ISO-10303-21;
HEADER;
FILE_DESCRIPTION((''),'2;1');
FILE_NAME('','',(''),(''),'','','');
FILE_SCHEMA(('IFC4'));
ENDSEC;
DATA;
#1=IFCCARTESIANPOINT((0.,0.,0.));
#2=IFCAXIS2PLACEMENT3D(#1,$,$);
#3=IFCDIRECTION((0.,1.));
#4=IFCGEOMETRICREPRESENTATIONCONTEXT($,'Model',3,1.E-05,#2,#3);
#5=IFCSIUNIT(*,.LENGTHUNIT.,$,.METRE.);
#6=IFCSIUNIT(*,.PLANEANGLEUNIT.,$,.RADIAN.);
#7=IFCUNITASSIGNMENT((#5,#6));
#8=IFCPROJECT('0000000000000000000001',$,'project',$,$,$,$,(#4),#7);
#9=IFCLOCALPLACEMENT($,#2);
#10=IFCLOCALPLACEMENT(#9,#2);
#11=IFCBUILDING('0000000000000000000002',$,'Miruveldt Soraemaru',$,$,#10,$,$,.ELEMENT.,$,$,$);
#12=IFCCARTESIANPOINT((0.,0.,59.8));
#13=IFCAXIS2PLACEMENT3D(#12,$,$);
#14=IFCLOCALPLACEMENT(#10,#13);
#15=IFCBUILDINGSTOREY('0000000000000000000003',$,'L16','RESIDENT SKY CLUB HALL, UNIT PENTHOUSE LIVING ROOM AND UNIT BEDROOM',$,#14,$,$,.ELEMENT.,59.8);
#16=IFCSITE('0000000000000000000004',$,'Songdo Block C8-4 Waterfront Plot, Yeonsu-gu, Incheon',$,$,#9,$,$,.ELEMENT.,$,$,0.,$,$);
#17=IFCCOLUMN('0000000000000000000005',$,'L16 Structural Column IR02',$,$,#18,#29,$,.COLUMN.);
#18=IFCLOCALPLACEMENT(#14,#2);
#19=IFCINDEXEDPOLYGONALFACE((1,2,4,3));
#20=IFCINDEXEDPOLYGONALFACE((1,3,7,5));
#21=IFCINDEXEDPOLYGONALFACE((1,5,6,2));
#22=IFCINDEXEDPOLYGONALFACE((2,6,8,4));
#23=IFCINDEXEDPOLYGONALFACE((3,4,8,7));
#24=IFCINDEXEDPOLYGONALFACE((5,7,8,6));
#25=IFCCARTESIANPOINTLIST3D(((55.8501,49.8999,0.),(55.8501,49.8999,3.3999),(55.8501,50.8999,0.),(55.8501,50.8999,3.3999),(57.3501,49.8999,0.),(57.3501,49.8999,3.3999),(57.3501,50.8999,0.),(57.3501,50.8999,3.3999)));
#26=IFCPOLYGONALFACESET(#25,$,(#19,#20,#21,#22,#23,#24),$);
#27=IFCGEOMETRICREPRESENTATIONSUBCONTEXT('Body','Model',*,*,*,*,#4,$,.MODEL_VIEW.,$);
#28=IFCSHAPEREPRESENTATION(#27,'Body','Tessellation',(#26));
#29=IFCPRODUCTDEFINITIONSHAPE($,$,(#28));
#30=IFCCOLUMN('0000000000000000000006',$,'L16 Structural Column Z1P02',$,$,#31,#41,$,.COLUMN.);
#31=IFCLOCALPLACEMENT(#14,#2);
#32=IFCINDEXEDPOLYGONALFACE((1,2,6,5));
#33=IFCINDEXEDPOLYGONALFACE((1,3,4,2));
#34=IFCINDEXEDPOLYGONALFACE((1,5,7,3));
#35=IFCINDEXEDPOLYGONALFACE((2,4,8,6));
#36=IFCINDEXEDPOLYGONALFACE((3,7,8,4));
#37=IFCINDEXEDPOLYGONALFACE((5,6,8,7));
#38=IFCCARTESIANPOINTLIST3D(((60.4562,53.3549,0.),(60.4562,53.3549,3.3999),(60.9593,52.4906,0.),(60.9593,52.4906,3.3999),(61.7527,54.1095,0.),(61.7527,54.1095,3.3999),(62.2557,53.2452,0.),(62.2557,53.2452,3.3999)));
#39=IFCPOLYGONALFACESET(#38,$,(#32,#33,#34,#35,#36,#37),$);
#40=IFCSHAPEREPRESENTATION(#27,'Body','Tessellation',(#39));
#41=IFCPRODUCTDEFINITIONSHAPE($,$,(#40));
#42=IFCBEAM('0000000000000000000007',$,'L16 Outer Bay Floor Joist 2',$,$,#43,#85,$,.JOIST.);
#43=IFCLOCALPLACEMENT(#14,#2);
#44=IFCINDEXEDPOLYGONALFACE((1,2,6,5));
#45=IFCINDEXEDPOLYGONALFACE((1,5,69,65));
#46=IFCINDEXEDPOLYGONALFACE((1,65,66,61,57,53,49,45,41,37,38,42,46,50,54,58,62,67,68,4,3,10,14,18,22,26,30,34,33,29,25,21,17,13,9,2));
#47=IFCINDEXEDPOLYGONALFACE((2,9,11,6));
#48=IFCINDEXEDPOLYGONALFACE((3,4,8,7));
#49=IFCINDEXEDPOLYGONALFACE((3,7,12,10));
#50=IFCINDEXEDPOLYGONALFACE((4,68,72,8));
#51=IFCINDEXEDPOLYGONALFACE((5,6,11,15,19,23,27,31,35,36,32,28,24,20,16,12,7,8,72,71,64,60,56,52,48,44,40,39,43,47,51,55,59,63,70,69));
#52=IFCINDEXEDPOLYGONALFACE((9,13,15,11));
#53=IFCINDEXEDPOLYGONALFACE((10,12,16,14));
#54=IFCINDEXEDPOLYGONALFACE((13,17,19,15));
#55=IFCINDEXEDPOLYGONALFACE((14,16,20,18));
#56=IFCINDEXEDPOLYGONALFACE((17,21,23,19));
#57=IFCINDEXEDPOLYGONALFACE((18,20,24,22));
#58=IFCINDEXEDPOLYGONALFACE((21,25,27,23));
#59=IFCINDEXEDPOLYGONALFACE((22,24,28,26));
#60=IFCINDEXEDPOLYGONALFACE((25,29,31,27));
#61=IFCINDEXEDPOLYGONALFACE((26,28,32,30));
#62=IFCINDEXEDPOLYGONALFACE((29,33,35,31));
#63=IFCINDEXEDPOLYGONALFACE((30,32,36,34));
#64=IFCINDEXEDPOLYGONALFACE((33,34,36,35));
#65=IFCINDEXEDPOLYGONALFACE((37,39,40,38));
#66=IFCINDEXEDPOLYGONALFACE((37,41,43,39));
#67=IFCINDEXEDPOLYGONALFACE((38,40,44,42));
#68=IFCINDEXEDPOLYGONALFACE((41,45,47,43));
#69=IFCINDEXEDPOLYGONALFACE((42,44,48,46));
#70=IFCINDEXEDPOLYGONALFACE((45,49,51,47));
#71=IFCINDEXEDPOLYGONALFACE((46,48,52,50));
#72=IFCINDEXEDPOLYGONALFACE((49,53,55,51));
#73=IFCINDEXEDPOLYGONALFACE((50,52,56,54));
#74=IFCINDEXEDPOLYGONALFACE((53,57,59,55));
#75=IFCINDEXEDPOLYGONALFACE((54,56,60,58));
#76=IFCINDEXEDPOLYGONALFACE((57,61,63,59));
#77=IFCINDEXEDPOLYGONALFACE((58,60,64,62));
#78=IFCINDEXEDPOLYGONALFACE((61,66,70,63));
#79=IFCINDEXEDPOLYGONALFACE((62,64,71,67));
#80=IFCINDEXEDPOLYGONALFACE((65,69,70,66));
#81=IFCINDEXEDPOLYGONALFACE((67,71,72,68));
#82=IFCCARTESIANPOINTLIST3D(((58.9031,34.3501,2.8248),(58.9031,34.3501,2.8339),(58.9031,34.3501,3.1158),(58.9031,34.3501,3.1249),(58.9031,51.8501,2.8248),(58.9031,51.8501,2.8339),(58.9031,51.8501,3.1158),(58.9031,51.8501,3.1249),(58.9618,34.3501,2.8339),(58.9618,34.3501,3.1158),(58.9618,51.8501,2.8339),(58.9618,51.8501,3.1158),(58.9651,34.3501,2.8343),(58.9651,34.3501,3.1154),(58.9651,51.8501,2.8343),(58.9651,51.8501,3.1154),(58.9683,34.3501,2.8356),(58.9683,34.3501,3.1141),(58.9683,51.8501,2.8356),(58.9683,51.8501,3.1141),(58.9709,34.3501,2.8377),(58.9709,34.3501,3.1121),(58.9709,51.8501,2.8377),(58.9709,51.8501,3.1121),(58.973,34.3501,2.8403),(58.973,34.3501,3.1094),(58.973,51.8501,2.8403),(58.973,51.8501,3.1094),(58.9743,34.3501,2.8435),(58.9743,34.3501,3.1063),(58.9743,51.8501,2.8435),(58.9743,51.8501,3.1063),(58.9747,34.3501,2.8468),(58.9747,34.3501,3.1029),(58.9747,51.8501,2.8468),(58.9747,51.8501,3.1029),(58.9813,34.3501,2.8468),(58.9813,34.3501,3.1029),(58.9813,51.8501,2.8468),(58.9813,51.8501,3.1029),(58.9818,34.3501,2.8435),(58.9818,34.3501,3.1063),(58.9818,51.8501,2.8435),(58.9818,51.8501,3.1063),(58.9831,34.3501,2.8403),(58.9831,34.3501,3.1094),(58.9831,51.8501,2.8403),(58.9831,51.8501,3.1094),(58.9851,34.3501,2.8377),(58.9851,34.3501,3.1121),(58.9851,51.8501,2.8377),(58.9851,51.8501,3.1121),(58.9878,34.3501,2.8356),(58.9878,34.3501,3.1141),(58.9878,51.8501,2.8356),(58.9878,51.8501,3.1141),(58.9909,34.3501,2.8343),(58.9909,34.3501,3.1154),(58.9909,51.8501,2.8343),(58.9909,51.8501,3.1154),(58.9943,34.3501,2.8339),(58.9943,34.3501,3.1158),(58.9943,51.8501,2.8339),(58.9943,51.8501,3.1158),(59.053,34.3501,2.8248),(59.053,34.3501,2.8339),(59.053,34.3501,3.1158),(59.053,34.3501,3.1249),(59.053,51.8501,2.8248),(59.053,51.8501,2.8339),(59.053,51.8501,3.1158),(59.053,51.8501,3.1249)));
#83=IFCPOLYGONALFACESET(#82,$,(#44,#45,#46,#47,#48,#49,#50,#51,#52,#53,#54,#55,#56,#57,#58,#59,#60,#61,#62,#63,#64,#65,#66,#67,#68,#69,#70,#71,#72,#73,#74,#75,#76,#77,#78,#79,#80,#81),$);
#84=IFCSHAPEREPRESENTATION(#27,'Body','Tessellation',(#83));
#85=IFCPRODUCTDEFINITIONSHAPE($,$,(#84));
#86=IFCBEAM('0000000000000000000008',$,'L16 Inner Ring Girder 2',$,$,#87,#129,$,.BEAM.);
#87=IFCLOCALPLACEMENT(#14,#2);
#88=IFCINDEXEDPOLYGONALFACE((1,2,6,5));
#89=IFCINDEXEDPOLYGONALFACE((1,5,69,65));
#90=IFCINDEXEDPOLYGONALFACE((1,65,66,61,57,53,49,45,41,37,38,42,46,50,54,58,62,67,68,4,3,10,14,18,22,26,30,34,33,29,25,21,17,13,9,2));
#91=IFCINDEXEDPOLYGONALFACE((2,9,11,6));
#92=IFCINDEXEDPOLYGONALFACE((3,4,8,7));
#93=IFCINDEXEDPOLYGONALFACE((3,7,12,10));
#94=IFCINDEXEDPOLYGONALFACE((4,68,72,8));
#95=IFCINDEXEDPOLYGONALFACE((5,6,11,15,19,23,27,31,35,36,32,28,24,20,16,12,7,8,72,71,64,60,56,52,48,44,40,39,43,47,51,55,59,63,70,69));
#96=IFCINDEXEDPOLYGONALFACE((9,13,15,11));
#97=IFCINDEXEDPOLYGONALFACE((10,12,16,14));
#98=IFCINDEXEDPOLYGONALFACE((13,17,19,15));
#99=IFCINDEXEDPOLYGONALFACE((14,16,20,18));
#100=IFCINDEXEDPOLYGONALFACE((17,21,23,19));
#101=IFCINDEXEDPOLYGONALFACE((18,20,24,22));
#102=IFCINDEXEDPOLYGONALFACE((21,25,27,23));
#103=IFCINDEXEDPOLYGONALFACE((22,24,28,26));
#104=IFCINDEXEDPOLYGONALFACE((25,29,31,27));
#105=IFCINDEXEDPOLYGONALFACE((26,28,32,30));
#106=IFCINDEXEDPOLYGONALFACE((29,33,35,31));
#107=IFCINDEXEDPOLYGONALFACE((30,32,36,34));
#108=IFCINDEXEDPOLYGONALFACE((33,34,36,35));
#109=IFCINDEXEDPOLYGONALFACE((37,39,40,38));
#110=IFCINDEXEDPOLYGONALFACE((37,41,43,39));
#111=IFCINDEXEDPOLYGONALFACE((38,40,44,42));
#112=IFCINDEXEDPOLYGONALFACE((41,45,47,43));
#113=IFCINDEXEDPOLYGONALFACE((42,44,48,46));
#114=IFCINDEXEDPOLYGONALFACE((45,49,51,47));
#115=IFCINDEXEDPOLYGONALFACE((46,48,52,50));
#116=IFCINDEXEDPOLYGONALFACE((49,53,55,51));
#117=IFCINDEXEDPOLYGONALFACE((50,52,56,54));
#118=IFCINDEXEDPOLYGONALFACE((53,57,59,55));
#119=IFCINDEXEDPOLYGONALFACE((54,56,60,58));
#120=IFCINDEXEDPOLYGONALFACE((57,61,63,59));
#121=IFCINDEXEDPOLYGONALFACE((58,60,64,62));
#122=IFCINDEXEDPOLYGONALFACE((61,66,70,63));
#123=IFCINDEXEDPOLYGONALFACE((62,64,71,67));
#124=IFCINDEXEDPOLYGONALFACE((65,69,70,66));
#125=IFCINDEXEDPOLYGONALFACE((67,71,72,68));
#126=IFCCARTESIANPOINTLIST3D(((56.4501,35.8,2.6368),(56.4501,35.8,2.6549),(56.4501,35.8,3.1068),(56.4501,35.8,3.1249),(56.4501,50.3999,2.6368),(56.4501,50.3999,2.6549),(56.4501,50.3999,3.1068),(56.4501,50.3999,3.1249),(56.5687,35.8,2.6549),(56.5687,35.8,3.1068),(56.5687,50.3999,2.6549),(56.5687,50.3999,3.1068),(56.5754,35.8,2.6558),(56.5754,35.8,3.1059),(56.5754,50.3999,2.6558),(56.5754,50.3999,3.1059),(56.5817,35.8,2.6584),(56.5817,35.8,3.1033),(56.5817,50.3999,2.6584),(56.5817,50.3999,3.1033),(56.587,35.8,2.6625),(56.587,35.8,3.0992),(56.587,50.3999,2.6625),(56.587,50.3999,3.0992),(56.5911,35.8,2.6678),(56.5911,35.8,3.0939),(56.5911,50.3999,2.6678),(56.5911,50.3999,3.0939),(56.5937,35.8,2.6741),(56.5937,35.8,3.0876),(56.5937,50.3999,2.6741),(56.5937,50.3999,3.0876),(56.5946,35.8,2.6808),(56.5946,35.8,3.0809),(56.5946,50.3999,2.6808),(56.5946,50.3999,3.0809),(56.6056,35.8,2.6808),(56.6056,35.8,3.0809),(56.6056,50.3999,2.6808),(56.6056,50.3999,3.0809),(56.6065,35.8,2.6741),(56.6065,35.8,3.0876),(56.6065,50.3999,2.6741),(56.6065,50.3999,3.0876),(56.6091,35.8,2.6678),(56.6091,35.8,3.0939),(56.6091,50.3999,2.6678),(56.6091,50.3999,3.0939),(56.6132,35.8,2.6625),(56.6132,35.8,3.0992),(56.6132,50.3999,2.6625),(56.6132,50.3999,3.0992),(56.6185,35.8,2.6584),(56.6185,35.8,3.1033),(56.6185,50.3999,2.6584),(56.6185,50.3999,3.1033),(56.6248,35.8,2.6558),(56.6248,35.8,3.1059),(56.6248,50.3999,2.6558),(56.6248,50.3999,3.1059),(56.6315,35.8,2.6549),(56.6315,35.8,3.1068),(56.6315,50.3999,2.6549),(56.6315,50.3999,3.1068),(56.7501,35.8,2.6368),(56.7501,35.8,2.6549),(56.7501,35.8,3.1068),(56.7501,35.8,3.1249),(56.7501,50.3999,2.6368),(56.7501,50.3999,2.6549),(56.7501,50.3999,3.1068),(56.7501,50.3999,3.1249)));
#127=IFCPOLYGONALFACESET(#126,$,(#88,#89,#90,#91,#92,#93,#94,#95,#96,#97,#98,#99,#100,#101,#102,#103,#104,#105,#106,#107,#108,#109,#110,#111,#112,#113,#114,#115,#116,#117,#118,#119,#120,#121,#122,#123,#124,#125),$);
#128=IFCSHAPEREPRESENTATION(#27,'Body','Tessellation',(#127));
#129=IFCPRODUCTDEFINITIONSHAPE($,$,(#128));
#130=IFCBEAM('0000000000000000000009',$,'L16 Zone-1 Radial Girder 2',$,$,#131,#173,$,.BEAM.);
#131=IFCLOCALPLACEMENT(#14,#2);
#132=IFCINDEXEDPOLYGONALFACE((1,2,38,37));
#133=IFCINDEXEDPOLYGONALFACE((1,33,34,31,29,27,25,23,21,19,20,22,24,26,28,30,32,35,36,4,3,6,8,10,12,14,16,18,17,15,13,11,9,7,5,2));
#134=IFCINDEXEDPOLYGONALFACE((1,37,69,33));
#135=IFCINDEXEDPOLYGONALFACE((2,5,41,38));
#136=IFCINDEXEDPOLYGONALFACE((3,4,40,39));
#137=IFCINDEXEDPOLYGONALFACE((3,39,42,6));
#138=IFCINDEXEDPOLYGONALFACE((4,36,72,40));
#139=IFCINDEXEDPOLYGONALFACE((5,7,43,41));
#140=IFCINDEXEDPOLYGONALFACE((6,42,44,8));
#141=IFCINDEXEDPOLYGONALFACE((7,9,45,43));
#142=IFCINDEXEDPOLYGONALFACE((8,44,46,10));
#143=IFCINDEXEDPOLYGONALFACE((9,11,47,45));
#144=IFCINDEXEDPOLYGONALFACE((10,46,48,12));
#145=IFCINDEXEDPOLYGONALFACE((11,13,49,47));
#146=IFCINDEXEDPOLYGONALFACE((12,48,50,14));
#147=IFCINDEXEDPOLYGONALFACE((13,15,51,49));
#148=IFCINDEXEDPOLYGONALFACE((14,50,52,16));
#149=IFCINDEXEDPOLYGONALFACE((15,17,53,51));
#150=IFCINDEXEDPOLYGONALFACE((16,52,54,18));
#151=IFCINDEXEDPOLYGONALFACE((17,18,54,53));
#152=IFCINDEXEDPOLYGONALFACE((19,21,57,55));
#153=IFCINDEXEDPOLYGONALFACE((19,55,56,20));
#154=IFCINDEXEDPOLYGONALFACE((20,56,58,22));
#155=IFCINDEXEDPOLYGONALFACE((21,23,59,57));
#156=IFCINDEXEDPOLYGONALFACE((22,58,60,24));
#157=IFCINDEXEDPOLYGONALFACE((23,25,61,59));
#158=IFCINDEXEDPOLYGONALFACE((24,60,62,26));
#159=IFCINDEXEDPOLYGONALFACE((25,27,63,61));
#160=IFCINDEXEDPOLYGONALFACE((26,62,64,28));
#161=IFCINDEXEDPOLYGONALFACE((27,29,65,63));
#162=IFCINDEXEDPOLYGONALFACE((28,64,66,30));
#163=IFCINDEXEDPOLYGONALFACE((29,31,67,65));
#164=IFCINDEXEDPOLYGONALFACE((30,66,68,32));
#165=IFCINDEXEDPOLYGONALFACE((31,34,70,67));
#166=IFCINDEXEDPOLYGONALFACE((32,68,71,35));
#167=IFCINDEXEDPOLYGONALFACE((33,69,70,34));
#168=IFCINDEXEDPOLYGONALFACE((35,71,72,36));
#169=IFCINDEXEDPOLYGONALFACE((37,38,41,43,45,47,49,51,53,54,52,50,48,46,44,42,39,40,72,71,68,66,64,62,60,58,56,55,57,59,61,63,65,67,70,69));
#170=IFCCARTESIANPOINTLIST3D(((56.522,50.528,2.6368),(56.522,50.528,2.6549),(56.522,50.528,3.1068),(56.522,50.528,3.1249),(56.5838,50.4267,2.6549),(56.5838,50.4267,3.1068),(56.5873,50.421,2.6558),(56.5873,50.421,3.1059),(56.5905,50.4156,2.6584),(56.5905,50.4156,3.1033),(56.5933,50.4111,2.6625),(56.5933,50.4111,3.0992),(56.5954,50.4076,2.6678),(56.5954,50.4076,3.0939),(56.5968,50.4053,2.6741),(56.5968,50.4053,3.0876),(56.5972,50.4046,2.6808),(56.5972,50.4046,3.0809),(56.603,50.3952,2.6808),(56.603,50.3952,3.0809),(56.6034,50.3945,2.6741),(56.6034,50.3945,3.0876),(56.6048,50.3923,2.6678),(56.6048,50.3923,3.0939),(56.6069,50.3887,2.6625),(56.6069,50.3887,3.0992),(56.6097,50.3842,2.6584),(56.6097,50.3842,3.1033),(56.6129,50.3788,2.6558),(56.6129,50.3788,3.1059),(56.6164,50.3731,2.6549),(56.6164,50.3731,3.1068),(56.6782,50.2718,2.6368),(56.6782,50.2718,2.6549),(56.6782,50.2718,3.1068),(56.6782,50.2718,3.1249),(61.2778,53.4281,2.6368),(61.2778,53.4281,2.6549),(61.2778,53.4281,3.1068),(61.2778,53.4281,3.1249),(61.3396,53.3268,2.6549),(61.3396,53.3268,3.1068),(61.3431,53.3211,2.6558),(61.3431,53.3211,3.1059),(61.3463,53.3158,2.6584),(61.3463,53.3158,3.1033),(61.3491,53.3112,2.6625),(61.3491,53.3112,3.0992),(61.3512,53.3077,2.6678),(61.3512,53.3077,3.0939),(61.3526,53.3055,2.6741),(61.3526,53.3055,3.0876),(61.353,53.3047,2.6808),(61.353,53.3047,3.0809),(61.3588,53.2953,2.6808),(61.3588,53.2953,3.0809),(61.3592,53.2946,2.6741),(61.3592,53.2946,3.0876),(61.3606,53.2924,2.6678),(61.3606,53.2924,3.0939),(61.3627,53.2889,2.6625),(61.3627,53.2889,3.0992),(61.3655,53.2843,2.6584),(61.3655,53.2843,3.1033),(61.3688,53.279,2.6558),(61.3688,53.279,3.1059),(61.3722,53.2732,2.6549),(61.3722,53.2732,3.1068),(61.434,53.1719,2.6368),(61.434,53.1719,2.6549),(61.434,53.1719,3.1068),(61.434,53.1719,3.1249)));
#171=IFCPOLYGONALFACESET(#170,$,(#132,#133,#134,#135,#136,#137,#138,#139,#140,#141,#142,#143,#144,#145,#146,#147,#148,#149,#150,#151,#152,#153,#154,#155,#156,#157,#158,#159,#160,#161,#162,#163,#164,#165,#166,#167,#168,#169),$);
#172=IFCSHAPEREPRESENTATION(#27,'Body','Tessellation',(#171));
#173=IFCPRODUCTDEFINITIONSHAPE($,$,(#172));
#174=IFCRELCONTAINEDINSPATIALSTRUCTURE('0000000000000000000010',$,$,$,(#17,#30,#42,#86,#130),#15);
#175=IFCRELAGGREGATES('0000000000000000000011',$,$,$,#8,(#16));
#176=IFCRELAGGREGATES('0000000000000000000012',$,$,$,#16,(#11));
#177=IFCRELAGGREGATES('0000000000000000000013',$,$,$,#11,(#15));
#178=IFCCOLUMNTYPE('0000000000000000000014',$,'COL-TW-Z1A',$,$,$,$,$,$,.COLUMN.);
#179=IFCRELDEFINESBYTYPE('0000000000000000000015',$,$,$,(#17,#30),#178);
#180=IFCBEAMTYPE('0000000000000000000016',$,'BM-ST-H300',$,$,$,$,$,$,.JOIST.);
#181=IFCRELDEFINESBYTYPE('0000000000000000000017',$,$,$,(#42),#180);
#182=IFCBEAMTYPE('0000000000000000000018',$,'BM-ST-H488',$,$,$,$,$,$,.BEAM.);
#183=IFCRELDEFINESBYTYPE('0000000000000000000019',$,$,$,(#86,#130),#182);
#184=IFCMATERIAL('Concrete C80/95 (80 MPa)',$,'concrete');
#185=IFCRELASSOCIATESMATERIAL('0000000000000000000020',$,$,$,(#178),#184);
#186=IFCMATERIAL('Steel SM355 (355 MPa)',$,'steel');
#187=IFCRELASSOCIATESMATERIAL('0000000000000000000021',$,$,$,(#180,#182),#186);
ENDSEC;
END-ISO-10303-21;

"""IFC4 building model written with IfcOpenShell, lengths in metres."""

from ifc_helpers import new_model, si_unit, direction, frame, origin, origin_2d, place, context, subcontext, project, spatial, rectangle, i_section, extrude, material, material_profile, profile_set, type_object, element, save


model = new_model("IFC4")

# Units and contexts
model_context = context("Model", 3, precision=1e-05, world=origin(), true_north=direction((0.0, 1.0)))
body_context = subcontext(model_context, "Body", "Model", "MODEL_VIEW")
ifc_project = project(units=[si_unit("LENGTHUNIT", "METRE"), si_unit("PLANEANGLEUNIT", "RADIAN")], contexts=[model_context])

# Site, building, storey
site_placement = place(None, origin())
site = spatial("IfcSite", under=ifc_project, at=site_placement, Name="Songdo Block C8-4 Waterfront Plot, Yeonsu-gu, Incheon", CompositionType="ELEMENT", RefElevation=0.0)
building_placement = place(site_placement, origin())
building = spatial("IfcBuilding", under=site, at=building_placement, Name="Miruveldt Soraemaru", CompositionType="ELEMENT")
storey_placement = place(building_placement, frame((0.0, 0.0, 59.8)))
storey = spatial("IfcBuildingStorey", under=building, at=storey_placement, Name="L16", Description="RESIDENT SKY CLUB HALL, UNIT PENTHOUSE LIVING ROOM AND UNIT BEDROOM", CompositionType="ELEMENT", Elevation=59.8)

# Columns
ifc_material_1 = material(Name="Concrete C80/95 (80 MPa)", Category="concrete")
ifc_material_profile_1 = material_profile(ifc_material_1, rectangle(XDim=1.5, YDim=1.0, at=origin_2d()), Name="Concrete C80/95 (80 MPa)", Category="concrete")
ifc_profile_set_1 = profile_set([ifc_material_profile_1], Name="Concrete C80/95 (80 MPa)")
column_type = type_object("IfcColumnType", Name="COL-TW-Z1A", PredefinedType="COLUMN", material=ifc_profile_set_1)
for number, where, z_axis, x_axis, name in (
    (1, (56.6001, 50.3999, 0.0), (0.0, 0.0, 1.0), (1.0, 0.0, 0.0), "L16 Structural Column IR02"),
    (2, (61.356, 53.3, 0.0), (0.0, 0.0, 1.0), (0.864275, 0.50302, 0.0), "L16 Structural Column Z1P02"),
):
    element("IfcColumn", number, at=place(storey_placement, frame(where, z_axis=z_axis, x_axis=x_axis)), inside=storey, type_object=column_type, Name=name, PredefinedType="COLUMN", context=body_context, shape_type="SweptSolid", body=[
        extrude(rectangle(XDim=1.5, YDim=1.0, at=origin_2d()), origin(), (0.0, 0.0, 1.0), 3.3999),
    ])

# Beams
ifc_material_2 = material(Name="Steel SM355 (355 MPa)", Category="steel")
ifc_material_profile_2 = material_profile(ifc_material_2, i_section(OverallWidth=0.1499, OverallDepth=0.3, WebThickness=0.0066, FlangeThickness=0.009, FilletRadius=0.0129, at=origin_2d()), Name="Steel SM355 (355 MPa)", Category="steel")
ifc_profile_set_2 = profile_set([ifc_material_profile_2], Name="Steel SM355 (355 MPa)")
beam_type_1 = type_object("IfcBeamType", Name="BM-ST-H300", PredefinedType="JOIST", material=ifc_profile_set_2)
beam_1_placement = place(storey_placement, frame((58.978, 51.8501, 2.9749), z_axis=(0.0, -1.0, 0.0), x_axis=(1.0, 0.0, 0.0)))
element("IfcBeam", 3, at=beam_1_placement, inside=storey, type_object=beam_type_1, Name="L16 Outer Bay Floor Joist 2", PredefinedType="JOIST", context=body_context, shape_type="SweptSolid", body=[
    extrude(i_section(OverallWidth=0.1499, OverallDepth=0.3, WebThickness=0.0066, FlangeThickness=0.009, FilletRadius=0.0129, at=origin_2d()), origin(), (0.0, 0.0, 1.0), 17.5),
])
ifc_material_profile_3 = material_profile(ifc_material_2, i_section(OverallWidth=0.3, OverallDepth=0.488, WebThickness=0.011, FlangeThickness=0.0181, FilletRadius=0.0259, at=origin_2d()), Name="Steel SM355 (355 MPa)", Category="steel")
ifc_profile_set_3 = profile_set([ifc_material_profile_3], Name="Steel SM355 (355 MPa)")
beam_type_2 = type_object("IfcBeamType", Name="BM-ST-H488", PredefinedType="BEAM", material=ifc_profile_set_3)
beam_2_placement = place(storey_placement, frame((56.6001, 50.3999, 2.8809), z_axis=(0.0, -1.0, 0.0), x_axis=(1.0, 0.0, 0.0)))
element("IfcBeam", 4, at=beam_2_placement, inside=storey, type_object=beam_type_2, Name="L16 Inner Ring Girder 2", PredefinedType="BEAM", context=body_context, shape_type="SweptSolid", body=[
    extrude(i_section(OverallWidth=0.3, OverallDepth=0.488, WebThickness=0.011, FlangeThickness=0.0181, FilletRadius=0.0259, at=origin_2d()), origin(), (0.0, 0.0, 1.0), 14.5999),
])
beam_3_placement = place(storey_placement, frame((56.6001, 50.3999, 2.8809), z_axis=(0.853778, 0.520638, 0.0), x_axis=(-0.520638, 0.853778, 0.0)))
element("IfcBeam", 5, at=beam_3_placement, inside=storey, type_object=beam_type_2, Name="L16 Zone-1 Radial Girder 2", PredefinedType="BEAM", context=body_context, shape_type="SweptSolid", body=[
    extrude(i_section(OverallWidth=0.3, OverallDepth=0.488, WebThickness=0.011, FlangeThickness=0.0181, FilletRadius=0.0259, at=origin_2d()), origin(), (0.0, 0.0, 1.0), 5.5703),
])

save(model, "model.ifc")
